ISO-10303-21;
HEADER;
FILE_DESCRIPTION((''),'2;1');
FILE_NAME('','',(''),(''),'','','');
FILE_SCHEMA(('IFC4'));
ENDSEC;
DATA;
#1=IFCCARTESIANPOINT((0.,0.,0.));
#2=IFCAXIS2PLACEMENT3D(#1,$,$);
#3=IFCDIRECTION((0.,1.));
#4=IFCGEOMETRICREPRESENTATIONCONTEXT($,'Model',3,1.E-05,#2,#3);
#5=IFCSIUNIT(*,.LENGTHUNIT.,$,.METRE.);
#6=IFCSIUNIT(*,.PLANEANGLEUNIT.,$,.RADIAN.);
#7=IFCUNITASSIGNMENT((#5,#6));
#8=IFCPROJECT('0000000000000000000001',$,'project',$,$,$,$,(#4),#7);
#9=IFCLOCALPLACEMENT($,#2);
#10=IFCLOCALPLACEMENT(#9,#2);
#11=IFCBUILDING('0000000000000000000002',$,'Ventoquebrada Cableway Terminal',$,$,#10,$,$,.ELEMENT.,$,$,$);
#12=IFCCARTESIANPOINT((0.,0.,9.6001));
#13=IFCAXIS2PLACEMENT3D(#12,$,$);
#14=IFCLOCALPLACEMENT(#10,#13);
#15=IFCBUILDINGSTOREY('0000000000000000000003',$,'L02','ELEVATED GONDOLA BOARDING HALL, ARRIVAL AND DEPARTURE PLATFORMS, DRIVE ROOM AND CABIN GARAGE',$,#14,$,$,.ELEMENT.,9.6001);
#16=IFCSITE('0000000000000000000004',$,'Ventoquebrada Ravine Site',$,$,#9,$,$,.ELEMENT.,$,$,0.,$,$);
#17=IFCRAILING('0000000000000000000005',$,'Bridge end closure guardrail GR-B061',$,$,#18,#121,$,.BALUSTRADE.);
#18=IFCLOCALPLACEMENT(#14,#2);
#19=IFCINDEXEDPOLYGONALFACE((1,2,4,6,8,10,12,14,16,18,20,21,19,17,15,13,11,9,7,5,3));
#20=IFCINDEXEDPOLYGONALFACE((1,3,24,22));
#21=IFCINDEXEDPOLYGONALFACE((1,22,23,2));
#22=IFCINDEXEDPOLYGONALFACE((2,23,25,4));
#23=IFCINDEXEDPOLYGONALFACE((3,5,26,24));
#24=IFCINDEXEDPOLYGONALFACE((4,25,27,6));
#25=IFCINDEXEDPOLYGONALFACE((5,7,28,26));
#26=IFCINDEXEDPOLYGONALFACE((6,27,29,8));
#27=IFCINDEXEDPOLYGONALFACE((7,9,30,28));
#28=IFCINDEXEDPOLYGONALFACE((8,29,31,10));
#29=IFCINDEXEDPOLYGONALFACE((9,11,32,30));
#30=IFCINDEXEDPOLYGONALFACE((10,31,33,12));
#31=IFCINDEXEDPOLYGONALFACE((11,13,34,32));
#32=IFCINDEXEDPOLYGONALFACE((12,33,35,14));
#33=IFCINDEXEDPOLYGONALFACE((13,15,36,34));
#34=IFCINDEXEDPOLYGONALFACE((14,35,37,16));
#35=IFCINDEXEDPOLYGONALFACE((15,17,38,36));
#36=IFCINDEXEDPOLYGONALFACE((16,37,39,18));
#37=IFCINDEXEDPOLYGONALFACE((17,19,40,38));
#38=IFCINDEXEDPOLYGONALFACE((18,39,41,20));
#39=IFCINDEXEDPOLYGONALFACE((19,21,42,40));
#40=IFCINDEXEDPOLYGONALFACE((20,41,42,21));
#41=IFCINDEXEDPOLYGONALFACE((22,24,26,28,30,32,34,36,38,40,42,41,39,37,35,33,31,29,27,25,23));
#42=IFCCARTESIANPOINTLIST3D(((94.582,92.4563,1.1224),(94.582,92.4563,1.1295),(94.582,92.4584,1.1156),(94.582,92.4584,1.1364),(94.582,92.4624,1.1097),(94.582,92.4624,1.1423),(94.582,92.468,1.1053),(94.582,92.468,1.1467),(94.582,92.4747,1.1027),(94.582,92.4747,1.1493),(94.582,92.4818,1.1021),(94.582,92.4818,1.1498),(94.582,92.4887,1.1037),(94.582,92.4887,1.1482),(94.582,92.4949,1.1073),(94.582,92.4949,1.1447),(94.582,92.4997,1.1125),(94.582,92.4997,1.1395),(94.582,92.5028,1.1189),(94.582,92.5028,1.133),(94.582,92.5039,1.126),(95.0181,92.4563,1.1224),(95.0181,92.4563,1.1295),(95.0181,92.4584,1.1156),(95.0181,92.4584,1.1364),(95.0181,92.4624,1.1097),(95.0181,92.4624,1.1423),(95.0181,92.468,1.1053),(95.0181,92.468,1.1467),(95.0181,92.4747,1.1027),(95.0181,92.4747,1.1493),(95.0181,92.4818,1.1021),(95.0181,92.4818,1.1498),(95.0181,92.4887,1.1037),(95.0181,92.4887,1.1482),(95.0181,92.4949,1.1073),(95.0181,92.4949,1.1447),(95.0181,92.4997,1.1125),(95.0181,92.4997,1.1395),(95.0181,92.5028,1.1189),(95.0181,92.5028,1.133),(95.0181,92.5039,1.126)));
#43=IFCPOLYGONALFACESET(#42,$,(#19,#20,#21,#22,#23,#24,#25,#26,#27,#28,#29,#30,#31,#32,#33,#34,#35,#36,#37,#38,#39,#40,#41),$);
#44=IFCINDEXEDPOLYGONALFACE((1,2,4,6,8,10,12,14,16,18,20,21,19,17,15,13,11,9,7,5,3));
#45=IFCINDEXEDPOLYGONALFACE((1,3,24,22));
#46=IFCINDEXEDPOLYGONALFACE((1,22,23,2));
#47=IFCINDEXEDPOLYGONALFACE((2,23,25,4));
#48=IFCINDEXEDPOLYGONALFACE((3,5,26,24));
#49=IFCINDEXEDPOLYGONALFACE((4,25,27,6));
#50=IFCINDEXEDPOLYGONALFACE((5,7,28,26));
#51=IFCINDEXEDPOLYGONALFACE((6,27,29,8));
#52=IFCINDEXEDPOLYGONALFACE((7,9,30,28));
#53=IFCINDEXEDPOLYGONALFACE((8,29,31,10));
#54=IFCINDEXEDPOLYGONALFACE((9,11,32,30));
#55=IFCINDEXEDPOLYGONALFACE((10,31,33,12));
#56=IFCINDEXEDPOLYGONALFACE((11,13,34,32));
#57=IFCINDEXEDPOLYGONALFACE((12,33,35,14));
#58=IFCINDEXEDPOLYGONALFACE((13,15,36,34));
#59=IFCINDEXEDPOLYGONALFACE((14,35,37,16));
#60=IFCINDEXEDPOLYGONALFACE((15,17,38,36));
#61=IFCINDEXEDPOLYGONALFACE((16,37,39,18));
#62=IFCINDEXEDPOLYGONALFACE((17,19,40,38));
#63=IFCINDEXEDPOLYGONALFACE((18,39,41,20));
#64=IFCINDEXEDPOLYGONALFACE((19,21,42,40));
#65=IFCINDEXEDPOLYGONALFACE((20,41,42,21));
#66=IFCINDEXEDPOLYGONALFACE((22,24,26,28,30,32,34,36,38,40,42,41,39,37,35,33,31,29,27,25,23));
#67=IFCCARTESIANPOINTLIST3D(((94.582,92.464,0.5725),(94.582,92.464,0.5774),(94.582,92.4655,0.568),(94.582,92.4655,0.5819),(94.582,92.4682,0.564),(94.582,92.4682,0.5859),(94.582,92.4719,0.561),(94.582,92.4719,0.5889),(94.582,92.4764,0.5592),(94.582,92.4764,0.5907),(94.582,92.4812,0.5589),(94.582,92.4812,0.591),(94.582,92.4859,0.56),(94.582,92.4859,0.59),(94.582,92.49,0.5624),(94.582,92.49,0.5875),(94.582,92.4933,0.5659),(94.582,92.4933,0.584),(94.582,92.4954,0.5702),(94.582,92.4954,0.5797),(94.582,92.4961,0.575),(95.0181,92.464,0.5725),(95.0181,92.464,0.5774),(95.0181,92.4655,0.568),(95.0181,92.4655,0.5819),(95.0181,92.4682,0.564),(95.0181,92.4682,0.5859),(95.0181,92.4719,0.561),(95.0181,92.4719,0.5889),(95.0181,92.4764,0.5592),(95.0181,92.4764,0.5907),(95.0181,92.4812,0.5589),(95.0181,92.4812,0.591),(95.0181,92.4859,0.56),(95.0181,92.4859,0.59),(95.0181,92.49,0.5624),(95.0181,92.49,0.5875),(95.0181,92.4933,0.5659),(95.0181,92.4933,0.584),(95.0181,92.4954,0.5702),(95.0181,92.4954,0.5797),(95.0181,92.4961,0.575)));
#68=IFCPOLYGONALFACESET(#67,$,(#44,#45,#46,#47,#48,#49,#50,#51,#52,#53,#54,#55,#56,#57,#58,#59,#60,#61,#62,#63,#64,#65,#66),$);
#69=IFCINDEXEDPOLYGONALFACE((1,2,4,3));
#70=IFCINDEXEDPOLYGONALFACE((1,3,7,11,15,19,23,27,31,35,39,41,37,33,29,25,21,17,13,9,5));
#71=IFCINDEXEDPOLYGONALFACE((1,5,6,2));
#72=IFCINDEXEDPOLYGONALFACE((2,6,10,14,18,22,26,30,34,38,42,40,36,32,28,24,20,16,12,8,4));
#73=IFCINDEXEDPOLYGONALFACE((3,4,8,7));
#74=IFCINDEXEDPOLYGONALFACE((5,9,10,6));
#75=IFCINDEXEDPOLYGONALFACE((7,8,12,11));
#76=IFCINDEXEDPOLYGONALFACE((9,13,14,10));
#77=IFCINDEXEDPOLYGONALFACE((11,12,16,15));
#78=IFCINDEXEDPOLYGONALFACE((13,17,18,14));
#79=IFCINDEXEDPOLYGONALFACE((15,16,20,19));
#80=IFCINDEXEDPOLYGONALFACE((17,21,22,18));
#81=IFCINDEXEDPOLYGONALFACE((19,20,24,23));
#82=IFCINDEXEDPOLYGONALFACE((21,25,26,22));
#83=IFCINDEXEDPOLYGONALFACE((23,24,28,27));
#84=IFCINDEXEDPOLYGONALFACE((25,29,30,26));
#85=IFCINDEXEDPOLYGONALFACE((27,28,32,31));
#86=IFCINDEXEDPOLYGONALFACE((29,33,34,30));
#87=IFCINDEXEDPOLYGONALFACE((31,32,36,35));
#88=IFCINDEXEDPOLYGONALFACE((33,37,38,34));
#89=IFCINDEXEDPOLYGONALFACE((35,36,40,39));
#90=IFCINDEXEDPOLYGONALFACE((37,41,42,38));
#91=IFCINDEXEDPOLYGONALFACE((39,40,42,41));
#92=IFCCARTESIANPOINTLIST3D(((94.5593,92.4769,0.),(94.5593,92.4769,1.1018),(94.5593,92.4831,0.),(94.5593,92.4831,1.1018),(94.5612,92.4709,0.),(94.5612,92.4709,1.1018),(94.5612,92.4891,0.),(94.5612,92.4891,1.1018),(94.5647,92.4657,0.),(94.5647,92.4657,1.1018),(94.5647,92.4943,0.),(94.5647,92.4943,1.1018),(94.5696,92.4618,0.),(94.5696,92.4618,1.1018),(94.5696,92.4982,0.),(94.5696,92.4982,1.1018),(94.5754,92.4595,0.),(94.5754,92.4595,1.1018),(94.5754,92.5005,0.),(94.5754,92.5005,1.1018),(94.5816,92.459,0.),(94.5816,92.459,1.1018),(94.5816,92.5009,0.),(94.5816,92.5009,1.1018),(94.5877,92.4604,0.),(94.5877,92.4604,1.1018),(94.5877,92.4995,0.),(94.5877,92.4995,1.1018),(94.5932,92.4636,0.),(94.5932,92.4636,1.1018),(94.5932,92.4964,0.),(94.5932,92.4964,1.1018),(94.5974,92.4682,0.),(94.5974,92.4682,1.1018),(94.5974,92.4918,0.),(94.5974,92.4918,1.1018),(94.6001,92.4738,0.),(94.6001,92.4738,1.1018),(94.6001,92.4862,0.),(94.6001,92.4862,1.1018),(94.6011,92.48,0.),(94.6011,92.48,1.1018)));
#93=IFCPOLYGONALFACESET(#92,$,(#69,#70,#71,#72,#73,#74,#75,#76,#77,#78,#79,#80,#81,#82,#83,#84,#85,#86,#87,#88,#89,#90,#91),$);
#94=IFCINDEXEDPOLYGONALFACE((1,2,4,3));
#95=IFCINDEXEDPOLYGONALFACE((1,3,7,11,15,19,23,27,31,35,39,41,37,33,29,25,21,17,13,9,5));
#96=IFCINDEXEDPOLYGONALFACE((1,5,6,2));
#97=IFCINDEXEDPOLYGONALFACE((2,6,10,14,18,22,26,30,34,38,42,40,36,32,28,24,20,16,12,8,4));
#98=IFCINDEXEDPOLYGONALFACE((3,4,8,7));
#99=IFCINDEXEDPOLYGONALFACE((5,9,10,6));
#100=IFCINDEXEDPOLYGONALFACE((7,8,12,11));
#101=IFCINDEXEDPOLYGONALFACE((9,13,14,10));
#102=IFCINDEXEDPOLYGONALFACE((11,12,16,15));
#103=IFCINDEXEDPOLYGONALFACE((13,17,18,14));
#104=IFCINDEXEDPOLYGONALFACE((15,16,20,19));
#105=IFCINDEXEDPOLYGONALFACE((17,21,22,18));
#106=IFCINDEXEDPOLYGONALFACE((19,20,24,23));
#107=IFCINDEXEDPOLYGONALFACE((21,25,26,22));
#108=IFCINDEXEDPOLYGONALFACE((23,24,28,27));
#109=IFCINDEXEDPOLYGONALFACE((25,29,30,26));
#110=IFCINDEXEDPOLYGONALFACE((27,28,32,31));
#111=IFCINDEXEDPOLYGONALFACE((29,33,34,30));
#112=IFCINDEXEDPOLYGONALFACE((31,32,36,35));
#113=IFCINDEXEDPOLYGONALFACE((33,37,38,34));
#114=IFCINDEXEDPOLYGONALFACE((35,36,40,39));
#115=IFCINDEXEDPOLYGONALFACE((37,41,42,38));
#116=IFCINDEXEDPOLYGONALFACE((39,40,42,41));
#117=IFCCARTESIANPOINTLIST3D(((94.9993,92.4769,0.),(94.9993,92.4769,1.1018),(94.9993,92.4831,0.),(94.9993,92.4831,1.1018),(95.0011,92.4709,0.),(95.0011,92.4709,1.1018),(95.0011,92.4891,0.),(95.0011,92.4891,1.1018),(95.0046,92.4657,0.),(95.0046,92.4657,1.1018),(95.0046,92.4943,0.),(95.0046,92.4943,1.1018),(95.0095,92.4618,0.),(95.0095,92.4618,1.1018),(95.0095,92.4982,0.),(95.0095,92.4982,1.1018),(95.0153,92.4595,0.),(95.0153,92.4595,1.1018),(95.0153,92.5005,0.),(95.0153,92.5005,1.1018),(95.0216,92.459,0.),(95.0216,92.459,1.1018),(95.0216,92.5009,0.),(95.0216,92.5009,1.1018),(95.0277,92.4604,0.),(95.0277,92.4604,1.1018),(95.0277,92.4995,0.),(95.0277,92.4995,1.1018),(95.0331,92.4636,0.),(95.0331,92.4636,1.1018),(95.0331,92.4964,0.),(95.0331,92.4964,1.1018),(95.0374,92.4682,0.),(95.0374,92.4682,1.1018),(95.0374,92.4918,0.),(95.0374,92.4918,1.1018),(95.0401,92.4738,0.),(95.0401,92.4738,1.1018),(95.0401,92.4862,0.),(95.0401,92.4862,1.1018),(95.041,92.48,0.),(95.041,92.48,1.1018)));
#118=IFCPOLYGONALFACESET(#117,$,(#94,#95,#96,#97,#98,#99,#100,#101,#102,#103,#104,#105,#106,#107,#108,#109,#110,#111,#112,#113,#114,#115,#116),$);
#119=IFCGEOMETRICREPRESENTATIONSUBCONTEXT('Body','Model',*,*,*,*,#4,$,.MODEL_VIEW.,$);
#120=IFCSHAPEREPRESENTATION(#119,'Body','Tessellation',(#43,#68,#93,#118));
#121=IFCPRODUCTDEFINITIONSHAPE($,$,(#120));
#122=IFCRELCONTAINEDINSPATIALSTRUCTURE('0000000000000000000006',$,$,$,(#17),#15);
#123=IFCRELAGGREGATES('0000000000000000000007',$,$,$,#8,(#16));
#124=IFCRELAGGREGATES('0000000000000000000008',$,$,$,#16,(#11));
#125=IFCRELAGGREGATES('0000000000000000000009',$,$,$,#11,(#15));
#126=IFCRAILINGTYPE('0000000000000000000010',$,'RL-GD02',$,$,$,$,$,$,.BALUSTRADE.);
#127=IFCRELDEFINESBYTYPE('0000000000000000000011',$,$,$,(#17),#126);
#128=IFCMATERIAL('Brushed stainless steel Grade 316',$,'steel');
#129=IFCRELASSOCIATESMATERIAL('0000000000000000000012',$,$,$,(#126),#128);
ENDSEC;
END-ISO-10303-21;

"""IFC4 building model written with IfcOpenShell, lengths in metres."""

from ifc_helpers import new_model, si_unit, direction, frame, origin, origin_2d, place, context, subcontext, project, spatial, circle, extrude, material, type_object, element, save


model = new_model("IFC4")

# Units and contexts
model_context = context("Model", 3, precision=1e-05, world=origin(), true_north=direction((0.0, 1.0)))
body_context = subcontext(model_context, "Body", "Model", "MODEL_VIEW")
ifc_project = project(units=[si_unit("LENGTHUNIT", "METRE"), si_unit("PLANEANGLEUNIT", "RADIAN")], contexts=[model_context])

# Site, building, storey
site_placement = place(None, origin())
site = spatial("IfcSite", under=ifc_project, at=site_placement, Name="Ventoquebrada Ravine Site", CompositionType="ELEMENT", RefElevation=0.0)
building_placement = place(site_placement, origin())
building = spatial("IfcBuilding", under=site, at=building_placement, Name="Ventoquebrada Cableway Terminal", CompositionType="ELEMENT")
storey_placement = place(building_placement, frame((0.0, 0.0, 9.6001)))
storey = spatial("IfcBuildingStorey", under=building, at=storey_placement, Name="L02", Description="ELEVATED GONDOLA BOARDING HALL, ARRIVAL AND DEPARTURE PLATFORMS, DRIVE ROOM AND CABIN GARAGE", CompositionType="ELEMENT", Elevation=9.6001)

# Railing
ifc_material_1 = material(Name="Brushed stainless steel Grade 316", Category="steel")
railing_type_1 = type_object("IfcRailingType", Name="RL-GD02", PredefinedType="BALUSTRADE", material=ifc_material_1)
for number, where, name in (
    (1, (94.5801, 92.48, 0.0), "Bridge end closure guardrail GR-B061"),
):
    element("IfcRailing", number, at=place(storey_placement, frame(where)), inside=storey, type_object=railing_type_1, Name=name, PredefinedType="BALUSTRADE", context=body_context, shape_type="SweptSolid", body=[
        extrude(circle(Radius=0.0239, at=origin_2d()), frame((0.002, 0.0, 1.126), z_axis=(1.0, 0.0, 0.0), x_axis=(0.0, 1.0, 0.0)), (0.0, 0.0, 1.0), 0.436),
        extrude(circle(Radius=0.0161, at=origin_2d()), frame((0.002, 0.0, 0.575), z_axis=(1.0, 0.0, 0.0), x_axis=(0.0, 1.0, 0.0)), (0.0, 0.0, 1.0), 0.436),
        extrude(circle(Radius=0.021, at=origin_2d()), origin(), (0.0, 0.0, 1.0), 1.1018),
        extrude(circle(Radius=0.021, at=origin_2d()), frame((0.4399, 0.0, 0.0)), (0.0, 0.0, 1.0), 1.1018),
    ])

save(model, "model.ifc")
